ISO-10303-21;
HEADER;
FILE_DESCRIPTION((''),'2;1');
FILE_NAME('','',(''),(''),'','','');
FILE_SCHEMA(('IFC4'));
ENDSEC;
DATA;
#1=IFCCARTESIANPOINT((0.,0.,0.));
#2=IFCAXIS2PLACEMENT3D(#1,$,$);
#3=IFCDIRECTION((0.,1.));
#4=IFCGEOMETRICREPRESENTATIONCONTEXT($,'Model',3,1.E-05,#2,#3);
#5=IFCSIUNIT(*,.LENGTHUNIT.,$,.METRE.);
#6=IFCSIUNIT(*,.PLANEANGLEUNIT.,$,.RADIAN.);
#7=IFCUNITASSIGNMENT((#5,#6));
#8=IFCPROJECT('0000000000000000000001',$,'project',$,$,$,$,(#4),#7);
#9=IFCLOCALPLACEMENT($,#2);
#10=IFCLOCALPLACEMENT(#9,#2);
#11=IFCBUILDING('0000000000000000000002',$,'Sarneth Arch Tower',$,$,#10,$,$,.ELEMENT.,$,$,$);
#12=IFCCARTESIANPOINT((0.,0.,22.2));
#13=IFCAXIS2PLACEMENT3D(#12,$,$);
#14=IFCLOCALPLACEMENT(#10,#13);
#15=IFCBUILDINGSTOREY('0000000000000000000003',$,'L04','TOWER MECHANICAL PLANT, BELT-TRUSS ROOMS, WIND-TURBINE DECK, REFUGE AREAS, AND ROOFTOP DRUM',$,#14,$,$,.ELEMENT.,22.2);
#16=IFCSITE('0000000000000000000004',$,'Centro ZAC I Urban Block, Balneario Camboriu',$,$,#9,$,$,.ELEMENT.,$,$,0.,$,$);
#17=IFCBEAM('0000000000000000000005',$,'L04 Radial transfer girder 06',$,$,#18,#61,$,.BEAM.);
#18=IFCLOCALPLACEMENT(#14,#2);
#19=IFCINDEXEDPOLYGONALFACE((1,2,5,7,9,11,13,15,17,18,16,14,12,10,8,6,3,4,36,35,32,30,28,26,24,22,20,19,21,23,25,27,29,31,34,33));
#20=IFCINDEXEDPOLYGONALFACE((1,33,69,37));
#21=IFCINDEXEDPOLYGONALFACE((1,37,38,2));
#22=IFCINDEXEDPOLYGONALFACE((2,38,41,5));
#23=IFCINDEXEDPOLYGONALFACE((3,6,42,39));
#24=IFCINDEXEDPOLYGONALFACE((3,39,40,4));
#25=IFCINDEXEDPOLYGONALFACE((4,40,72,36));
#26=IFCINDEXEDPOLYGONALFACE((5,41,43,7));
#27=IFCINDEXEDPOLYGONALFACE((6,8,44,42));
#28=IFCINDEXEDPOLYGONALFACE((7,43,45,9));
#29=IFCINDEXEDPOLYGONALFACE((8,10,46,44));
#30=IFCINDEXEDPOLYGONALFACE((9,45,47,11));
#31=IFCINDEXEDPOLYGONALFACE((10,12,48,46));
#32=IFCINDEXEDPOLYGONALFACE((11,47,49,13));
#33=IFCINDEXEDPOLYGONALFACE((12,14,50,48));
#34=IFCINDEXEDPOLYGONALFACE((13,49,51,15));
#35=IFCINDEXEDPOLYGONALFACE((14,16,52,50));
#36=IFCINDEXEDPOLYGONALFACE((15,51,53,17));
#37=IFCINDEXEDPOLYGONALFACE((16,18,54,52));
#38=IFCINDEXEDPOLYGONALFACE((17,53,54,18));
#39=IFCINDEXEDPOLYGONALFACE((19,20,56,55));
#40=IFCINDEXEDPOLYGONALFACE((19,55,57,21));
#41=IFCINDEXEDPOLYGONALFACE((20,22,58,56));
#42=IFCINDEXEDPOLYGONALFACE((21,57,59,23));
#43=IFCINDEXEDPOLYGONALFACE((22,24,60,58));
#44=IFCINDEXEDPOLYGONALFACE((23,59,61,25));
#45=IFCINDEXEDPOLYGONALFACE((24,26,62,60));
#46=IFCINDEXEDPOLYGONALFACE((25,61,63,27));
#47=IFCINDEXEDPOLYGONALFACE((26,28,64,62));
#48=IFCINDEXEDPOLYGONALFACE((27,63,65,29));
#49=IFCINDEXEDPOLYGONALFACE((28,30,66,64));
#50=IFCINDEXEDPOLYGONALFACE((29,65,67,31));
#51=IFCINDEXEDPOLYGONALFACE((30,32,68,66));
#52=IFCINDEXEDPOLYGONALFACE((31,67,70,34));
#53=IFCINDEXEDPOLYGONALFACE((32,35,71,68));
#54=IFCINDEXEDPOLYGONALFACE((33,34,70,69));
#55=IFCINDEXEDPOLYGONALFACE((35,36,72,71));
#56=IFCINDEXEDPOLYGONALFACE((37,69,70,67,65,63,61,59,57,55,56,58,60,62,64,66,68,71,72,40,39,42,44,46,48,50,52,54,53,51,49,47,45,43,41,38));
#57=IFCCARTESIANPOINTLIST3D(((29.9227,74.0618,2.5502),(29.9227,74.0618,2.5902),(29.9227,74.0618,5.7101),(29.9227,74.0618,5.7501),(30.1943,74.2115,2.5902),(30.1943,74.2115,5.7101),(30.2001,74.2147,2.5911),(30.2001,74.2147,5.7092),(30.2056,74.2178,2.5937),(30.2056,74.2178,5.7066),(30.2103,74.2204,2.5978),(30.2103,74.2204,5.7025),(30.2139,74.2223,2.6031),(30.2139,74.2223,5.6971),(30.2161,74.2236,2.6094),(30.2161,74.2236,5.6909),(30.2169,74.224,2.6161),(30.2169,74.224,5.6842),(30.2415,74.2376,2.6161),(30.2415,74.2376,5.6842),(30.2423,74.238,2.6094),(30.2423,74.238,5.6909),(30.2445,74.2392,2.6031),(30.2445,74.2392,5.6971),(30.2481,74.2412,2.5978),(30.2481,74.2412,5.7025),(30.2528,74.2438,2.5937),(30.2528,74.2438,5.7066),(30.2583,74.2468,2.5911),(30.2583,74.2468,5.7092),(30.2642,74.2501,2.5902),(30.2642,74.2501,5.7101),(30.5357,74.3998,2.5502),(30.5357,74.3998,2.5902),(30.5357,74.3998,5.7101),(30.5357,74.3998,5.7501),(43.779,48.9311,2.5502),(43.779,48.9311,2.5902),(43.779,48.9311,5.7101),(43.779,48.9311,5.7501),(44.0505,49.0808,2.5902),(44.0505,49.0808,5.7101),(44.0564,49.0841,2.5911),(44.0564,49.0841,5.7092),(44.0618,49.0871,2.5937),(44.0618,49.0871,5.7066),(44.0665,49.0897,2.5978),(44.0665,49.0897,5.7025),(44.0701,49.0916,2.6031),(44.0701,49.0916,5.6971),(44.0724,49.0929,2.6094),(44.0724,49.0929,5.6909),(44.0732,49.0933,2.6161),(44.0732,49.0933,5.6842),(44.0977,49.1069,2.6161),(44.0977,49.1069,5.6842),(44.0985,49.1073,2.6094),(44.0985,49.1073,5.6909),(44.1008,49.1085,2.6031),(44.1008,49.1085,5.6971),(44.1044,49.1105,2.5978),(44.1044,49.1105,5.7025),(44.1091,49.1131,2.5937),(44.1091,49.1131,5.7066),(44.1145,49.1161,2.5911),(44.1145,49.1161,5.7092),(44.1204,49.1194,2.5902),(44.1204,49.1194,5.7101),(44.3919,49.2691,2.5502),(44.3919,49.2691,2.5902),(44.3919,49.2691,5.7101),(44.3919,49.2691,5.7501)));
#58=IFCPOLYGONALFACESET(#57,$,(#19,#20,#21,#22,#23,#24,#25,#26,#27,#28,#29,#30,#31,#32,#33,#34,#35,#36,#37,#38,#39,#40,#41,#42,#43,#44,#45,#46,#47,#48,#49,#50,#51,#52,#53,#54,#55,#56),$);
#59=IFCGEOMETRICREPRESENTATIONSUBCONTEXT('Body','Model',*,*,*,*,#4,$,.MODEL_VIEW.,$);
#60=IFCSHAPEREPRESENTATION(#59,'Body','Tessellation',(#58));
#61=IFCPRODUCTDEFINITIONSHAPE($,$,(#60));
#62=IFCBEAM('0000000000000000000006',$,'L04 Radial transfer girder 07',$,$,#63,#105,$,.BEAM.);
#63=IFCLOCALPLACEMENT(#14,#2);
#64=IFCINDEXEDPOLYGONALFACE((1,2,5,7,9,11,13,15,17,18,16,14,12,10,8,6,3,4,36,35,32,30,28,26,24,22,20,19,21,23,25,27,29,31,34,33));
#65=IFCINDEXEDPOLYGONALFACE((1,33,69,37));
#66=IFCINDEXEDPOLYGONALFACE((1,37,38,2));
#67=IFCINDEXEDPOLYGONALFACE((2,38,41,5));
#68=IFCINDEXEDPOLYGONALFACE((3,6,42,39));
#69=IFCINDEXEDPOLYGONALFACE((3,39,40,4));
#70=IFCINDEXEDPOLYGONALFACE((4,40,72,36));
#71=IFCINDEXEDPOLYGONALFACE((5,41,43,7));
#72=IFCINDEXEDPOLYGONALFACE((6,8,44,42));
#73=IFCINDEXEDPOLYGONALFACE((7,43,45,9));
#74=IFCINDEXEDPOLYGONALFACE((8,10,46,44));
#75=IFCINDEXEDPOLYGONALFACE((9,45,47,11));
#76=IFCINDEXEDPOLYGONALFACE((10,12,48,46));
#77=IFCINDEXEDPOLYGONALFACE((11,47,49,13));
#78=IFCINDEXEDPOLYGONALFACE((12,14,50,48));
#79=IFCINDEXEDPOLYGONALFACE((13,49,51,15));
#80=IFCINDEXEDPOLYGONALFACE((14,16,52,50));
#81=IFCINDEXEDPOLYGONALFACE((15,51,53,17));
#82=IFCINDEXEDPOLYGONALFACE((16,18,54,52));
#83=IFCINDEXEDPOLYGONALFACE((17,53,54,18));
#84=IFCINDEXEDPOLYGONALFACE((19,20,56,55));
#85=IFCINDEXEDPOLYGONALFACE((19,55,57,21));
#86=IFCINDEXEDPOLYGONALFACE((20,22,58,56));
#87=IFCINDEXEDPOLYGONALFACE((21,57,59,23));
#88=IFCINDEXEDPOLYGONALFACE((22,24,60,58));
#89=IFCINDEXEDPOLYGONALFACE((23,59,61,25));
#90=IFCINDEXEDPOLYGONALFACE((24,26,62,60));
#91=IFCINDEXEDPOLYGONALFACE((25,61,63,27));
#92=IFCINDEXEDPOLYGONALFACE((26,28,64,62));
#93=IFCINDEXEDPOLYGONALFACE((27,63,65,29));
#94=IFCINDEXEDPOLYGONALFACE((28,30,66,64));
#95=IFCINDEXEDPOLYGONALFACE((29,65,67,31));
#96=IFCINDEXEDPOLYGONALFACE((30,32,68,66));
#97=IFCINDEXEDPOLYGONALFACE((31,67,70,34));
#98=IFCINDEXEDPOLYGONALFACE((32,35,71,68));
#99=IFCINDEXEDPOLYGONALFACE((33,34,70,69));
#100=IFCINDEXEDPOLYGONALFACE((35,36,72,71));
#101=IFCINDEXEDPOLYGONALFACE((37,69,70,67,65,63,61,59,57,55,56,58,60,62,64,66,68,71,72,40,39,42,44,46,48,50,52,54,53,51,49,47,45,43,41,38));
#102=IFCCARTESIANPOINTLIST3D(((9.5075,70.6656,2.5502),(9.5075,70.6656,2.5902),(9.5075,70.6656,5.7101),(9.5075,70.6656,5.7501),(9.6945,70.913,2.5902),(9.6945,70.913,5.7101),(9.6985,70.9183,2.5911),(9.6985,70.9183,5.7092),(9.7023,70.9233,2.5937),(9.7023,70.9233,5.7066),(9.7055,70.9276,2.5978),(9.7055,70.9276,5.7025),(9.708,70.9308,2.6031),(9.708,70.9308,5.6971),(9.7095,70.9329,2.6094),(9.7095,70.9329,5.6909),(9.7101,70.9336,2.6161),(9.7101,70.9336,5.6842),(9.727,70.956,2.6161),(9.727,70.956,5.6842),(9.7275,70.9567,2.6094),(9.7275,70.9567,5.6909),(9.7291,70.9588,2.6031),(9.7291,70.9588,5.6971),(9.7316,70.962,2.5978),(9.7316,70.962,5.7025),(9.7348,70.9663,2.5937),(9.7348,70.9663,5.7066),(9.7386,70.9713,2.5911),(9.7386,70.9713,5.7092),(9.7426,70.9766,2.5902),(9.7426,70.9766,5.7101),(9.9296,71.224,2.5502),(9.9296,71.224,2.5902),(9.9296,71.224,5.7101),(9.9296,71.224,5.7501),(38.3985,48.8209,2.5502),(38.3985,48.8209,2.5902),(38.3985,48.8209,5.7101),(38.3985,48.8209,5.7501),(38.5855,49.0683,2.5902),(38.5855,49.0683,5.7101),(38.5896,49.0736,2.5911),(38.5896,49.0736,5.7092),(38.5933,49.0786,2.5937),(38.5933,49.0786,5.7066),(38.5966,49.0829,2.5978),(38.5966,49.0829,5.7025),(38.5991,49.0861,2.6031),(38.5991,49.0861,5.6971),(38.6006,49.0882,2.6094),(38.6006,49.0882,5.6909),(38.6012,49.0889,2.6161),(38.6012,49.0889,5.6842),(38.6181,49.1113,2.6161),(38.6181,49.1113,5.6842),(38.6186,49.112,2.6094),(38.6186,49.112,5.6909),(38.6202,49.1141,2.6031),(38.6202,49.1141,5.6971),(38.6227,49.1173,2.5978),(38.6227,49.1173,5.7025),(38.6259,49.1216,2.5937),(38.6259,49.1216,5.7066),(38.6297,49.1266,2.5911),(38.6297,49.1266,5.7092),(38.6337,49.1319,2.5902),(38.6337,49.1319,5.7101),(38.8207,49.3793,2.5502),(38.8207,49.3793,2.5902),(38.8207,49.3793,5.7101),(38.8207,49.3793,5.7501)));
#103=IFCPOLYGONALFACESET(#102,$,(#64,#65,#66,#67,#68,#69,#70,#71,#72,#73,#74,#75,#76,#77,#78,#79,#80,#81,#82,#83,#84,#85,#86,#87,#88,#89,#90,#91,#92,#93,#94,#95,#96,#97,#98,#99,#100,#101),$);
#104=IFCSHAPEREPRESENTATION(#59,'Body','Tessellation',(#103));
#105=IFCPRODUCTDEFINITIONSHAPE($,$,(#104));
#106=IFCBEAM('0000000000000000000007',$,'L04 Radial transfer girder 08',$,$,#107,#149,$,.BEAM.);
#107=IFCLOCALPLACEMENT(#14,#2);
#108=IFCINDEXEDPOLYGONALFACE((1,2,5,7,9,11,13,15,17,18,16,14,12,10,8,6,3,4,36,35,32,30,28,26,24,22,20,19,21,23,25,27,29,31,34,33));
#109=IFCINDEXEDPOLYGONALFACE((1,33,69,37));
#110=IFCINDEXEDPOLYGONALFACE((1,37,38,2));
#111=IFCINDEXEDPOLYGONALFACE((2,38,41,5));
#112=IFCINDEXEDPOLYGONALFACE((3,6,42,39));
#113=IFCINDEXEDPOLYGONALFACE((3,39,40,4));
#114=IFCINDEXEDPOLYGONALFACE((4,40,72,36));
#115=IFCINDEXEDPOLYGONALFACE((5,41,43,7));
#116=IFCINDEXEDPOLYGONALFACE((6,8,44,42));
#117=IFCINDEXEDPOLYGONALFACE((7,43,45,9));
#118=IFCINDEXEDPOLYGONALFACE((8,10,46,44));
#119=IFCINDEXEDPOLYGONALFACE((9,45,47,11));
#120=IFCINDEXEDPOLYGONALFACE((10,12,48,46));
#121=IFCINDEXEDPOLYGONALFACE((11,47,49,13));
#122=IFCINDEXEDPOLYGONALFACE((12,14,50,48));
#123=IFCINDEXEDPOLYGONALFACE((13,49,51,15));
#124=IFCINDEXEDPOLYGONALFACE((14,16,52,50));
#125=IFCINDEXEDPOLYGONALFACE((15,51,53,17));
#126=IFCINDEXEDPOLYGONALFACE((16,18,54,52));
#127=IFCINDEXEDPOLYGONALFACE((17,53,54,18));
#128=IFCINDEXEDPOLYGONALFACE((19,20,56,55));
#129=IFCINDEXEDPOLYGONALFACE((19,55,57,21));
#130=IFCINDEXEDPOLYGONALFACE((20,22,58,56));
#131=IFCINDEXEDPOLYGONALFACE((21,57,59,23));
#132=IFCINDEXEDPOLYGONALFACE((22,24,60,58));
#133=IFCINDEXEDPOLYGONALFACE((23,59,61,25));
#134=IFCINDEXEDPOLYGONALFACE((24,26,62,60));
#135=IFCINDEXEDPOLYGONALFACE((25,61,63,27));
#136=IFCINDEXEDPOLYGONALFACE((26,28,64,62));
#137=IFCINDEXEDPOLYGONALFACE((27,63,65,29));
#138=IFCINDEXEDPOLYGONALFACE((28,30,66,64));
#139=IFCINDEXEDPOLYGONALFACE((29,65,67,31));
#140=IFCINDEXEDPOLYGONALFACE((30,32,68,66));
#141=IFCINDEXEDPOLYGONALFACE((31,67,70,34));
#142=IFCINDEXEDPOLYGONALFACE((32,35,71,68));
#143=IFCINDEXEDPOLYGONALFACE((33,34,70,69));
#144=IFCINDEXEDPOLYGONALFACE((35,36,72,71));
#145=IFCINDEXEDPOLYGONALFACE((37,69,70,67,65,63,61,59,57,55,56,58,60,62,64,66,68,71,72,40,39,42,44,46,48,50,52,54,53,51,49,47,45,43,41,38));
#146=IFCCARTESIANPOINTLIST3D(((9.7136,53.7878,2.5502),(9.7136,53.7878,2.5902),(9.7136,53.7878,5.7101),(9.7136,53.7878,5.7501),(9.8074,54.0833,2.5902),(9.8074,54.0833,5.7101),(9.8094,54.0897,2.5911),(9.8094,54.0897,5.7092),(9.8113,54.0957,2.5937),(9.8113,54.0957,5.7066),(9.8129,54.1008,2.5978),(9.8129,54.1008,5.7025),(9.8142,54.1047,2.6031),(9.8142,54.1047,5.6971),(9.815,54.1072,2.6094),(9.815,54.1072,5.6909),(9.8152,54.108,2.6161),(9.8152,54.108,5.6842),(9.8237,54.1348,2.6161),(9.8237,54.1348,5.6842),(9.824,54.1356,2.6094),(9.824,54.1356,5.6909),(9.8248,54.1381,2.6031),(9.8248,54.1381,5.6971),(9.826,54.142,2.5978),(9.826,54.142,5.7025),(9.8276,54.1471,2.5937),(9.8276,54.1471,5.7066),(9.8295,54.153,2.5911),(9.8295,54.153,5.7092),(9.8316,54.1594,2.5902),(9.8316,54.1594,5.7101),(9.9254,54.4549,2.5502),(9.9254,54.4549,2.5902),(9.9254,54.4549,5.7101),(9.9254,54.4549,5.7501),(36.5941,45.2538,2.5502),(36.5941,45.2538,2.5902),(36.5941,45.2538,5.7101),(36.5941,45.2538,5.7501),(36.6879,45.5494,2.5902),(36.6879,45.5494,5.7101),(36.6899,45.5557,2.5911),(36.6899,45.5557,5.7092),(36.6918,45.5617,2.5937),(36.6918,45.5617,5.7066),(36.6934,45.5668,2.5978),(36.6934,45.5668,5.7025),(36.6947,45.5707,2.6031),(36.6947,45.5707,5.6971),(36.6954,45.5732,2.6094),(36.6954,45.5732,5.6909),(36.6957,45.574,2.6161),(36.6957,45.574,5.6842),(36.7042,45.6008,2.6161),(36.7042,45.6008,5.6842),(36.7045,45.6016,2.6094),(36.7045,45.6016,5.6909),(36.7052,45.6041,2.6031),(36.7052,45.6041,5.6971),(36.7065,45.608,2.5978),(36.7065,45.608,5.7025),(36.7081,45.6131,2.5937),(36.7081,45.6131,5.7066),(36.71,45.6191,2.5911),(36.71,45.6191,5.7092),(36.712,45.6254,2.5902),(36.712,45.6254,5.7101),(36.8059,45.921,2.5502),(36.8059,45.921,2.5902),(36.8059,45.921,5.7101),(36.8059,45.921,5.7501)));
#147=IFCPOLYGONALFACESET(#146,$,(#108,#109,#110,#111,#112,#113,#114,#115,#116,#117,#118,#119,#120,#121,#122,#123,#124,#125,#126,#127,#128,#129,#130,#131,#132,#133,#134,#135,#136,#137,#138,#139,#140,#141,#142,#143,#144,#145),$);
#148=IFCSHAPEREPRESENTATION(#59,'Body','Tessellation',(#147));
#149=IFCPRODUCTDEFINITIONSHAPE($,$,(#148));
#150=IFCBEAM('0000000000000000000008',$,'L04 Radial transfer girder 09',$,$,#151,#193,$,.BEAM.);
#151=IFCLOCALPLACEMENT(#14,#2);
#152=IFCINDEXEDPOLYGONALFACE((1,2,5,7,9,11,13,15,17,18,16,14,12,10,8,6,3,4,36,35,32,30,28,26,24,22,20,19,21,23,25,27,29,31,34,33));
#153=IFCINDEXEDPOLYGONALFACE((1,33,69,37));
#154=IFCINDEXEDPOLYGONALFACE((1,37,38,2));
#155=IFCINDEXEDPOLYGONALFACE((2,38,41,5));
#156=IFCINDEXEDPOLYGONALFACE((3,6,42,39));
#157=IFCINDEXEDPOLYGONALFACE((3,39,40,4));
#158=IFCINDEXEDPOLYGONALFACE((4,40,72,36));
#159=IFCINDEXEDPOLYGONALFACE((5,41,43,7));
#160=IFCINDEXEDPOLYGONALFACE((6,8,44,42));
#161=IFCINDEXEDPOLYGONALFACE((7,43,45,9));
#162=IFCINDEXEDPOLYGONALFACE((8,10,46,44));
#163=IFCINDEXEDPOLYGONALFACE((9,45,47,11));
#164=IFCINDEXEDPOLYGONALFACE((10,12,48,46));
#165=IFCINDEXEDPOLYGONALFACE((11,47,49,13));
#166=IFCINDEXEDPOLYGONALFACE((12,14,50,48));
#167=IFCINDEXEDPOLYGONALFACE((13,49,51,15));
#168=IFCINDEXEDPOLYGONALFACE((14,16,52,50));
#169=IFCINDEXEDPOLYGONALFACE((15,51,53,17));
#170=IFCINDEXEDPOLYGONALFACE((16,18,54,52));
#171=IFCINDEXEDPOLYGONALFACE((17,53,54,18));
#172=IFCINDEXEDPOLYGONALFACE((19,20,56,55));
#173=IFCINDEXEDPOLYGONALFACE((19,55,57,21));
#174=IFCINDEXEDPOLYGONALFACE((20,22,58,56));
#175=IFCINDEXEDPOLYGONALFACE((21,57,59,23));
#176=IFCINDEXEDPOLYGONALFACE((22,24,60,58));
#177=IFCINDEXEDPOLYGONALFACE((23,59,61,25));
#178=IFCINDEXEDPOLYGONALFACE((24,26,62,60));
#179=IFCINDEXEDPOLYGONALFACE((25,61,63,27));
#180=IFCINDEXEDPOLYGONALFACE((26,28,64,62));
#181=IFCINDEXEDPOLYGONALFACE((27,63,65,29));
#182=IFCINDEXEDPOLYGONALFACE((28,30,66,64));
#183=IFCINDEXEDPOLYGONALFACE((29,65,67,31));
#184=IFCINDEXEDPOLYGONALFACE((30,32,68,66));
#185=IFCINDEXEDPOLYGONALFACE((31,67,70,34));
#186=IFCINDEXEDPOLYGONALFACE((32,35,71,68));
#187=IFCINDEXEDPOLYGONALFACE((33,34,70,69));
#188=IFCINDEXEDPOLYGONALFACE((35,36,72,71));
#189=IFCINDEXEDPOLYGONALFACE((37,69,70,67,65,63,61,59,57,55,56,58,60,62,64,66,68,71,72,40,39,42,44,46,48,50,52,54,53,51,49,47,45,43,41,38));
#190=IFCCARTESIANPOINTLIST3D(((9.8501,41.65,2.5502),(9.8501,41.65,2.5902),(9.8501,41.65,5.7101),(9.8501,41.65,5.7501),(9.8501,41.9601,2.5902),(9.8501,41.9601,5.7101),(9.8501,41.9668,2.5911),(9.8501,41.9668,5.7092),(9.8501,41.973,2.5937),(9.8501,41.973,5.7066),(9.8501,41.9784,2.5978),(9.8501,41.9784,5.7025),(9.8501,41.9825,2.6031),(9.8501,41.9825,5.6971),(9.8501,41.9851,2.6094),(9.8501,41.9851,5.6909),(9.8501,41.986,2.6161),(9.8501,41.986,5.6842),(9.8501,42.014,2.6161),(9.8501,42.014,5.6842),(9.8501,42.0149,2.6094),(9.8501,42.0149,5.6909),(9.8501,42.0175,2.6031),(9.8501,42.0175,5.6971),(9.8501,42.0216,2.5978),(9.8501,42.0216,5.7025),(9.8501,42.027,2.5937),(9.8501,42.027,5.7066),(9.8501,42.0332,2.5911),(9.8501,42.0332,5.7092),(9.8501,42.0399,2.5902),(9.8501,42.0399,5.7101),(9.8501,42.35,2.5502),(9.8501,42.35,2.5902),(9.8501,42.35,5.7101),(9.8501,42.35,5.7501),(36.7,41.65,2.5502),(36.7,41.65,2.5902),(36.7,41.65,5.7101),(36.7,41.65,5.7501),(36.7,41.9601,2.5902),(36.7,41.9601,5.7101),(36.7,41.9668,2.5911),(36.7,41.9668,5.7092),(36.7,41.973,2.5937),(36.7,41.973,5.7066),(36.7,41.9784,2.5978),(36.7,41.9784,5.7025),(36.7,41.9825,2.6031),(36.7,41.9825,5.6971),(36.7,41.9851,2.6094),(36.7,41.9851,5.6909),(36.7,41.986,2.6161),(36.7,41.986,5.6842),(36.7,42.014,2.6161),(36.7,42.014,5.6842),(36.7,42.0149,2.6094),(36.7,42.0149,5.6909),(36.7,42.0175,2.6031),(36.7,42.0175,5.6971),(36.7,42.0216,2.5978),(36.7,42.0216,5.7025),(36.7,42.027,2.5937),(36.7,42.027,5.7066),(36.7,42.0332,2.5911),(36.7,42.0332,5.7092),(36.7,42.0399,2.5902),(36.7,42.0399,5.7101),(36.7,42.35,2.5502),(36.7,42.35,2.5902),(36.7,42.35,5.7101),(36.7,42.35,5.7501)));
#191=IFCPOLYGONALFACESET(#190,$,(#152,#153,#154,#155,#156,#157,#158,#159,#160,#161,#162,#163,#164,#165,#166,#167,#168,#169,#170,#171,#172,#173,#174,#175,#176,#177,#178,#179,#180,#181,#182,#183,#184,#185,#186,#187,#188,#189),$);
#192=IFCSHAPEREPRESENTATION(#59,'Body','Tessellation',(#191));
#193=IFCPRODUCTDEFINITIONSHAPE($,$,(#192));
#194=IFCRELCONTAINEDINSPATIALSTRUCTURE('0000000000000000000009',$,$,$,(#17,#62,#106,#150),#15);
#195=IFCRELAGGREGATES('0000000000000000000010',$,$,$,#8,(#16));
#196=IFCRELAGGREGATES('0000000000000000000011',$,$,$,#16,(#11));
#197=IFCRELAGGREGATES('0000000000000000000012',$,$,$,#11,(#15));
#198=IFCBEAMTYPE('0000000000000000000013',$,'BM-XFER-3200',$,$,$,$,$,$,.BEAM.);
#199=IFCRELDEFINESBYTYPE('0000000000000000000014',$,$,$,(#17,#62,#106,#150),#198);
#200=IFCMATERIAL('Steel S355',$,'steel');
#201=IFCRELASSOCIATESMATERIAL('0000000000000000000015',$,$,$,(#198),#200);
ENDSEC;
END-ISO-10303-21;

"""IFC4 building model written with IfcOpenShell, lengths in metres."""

from ifc_helpers import new_model, si_unit, direction, frame, origin, origin_2d, place, context, subcontext, project, spatial, i_section, extrude, material, material_profile, profile_set, type_object, element, save


model = new_model("IFC4")

# Units and contexts
model_context = context("Model", 3, precision=1e-05, world=origin(), true_north=direction((0.0, 1.0)))
body_context = subcontext(model_context, "Body", "Model", "MODEL_VIEW")
ifc_project = project(units=[si_unit("LENGTHUNIT", "METRE"), si_unit("PLANEANGLEUNIT", "RADIAN")], contexts=[model_context])

# Site, building, storey
site_placement = place(None, origin())
site = spatial("IfcSite", under=ifc_project, at=site_placement, Name="Centro ZAC I Urban Block, Balneario Camboriu", CompositionType="ELEMENT", RefElevation=0.0)
building_placement = place(site_placement, origin())
building = spatial("IfcBuilding", under=site, at=building_placement, Name="Sarneth Arch Tower", CompositionType="ELEMENT")
storey_placement = place(building_placement, frame((0.0, 0.0, 22.2)))
storey = spatial("IfcBuildingStorey", under=building, at=storey_placement, Name="L04", Description="TOWER MECHANICAL PLANT, BELT-TRUSS ROOMS, WIND-TURBINE DECK, REFUGE AREAS, AND ROOFTOP DRUM", CompositionType="ELEMENT", Elevation=22.2)

# Beams
ifc_material_1 = material(Name="Steel S355", Category="steel")
ifc_material_profile_1 = material_profile(ifc_material_1, i_section(OverallWidth=0.7, OverallDepth=3.2, WebThickness=0.0281, FlangeThickness=0.04, FilletRadius=0.0259, at=origin_2d()), Name="CVS3200x1090")
ifc_profile_set_1 = profile_set([ifc_material_profile_1], Name="Steel S355")
beam_type_1 = type_object("IfcBeamType", Name="BM-XFER-3200", PredefinedType="BEAM", material=ifc_profile_set_1)
beam_1_placement = place(storey_placement, frame((44.0854, 49.1001, 4.1501), z_axis=(-0.482838, 0.87571, 0.0), x_axis=(-0.87571, -0.482838, 0.0)))
element("IfcBeam", 1, at=beam_1_placement, inside=storey, type_object=beam_type_1, Name="L04 Radial transfer girder 06", PredefinedType="BEAM", context=body_context, shape_type="SweptSolid", body=[
    extrude(i_section(OverallWidth=0.7, OverallDepth=3.2, WebThickness=0.0281, FlangeThickness=0.04, FilletRadius=0.0259, at=origin_2d()), origin(), (0.0, 0.0, 1.0), 28.6975),
])
beam_2_placement = place(storey_placement, frame((38.6096, 49.1001, 4.1501), z_axis=(-0.797656, 0.603112, 0.0), x_axis=(-0.603112, -0.797656, 0.0)))
element("IfcBeam", 2, at=beam_2_placement, inside=storey, type_object=beam_type_1, Name="L04 Radial transfer girder 07", PredefinedType="BEAM", context=body_context, shape_type="SweptSolid", body=[
    extrude(i_section(OverallWidth=0.7, OverallDepth=3.2, WebThickness=0.0281, FlangeThickness=0.04, FilletRadius=0.0259, at=origin_2d()), origin(), (0.0, 0.0, 1.0), 36.22),
])
beam_3_placement = place(storey_placement, frame((36.7, 45.5874, 4.1501), z_axis=(-0.953119, 0.302595, 0.0), x_axis=(-0.302595, -0.953119, 0.0)))
element("IfcBeam", 3, at=beam_3_placement, inside=storey, type_object=beam_type_1, Name="L04 Radial transfer girder 08", PredefinedType="BEAM", context=body_context, shape_type="SweptSolid", body=[
    extrude(i_section(OverallWidth=0.7, OverallDepth=3.2, WebThickness=0.0281, FlangeThickness=0.04, FilletRadius=0.0259, at=origin_2d()), origin(), (0.0, 0.0, 1.0), 28.2026),
])
beam_4_placement = place(storey_placement, frame((36.7, 42.0, 4.1501), z_axis=(-1.0, 0.0, 0.0), x_axis=(0.0, -1.0, 0.0)))
element("IfcBeam", 4, at=beam_4_placement, inside=storey, type_object=beam_type_1, Name="L04 Radial transfer girder 09", PredefinedType="BEAM", context=body_context, shape_type="SweptSolid", body=[
    extrude(i_section(OverallWidth=0.7, OverallDepth=3.2, WebThickness=0.0281, FlangeThickness=0.04, FilletRadius=0.0259, at=origin_2d()), origin(), (0.0, 0.0, 1.0), 26.8499),
])

save(model, "model.ifc")
